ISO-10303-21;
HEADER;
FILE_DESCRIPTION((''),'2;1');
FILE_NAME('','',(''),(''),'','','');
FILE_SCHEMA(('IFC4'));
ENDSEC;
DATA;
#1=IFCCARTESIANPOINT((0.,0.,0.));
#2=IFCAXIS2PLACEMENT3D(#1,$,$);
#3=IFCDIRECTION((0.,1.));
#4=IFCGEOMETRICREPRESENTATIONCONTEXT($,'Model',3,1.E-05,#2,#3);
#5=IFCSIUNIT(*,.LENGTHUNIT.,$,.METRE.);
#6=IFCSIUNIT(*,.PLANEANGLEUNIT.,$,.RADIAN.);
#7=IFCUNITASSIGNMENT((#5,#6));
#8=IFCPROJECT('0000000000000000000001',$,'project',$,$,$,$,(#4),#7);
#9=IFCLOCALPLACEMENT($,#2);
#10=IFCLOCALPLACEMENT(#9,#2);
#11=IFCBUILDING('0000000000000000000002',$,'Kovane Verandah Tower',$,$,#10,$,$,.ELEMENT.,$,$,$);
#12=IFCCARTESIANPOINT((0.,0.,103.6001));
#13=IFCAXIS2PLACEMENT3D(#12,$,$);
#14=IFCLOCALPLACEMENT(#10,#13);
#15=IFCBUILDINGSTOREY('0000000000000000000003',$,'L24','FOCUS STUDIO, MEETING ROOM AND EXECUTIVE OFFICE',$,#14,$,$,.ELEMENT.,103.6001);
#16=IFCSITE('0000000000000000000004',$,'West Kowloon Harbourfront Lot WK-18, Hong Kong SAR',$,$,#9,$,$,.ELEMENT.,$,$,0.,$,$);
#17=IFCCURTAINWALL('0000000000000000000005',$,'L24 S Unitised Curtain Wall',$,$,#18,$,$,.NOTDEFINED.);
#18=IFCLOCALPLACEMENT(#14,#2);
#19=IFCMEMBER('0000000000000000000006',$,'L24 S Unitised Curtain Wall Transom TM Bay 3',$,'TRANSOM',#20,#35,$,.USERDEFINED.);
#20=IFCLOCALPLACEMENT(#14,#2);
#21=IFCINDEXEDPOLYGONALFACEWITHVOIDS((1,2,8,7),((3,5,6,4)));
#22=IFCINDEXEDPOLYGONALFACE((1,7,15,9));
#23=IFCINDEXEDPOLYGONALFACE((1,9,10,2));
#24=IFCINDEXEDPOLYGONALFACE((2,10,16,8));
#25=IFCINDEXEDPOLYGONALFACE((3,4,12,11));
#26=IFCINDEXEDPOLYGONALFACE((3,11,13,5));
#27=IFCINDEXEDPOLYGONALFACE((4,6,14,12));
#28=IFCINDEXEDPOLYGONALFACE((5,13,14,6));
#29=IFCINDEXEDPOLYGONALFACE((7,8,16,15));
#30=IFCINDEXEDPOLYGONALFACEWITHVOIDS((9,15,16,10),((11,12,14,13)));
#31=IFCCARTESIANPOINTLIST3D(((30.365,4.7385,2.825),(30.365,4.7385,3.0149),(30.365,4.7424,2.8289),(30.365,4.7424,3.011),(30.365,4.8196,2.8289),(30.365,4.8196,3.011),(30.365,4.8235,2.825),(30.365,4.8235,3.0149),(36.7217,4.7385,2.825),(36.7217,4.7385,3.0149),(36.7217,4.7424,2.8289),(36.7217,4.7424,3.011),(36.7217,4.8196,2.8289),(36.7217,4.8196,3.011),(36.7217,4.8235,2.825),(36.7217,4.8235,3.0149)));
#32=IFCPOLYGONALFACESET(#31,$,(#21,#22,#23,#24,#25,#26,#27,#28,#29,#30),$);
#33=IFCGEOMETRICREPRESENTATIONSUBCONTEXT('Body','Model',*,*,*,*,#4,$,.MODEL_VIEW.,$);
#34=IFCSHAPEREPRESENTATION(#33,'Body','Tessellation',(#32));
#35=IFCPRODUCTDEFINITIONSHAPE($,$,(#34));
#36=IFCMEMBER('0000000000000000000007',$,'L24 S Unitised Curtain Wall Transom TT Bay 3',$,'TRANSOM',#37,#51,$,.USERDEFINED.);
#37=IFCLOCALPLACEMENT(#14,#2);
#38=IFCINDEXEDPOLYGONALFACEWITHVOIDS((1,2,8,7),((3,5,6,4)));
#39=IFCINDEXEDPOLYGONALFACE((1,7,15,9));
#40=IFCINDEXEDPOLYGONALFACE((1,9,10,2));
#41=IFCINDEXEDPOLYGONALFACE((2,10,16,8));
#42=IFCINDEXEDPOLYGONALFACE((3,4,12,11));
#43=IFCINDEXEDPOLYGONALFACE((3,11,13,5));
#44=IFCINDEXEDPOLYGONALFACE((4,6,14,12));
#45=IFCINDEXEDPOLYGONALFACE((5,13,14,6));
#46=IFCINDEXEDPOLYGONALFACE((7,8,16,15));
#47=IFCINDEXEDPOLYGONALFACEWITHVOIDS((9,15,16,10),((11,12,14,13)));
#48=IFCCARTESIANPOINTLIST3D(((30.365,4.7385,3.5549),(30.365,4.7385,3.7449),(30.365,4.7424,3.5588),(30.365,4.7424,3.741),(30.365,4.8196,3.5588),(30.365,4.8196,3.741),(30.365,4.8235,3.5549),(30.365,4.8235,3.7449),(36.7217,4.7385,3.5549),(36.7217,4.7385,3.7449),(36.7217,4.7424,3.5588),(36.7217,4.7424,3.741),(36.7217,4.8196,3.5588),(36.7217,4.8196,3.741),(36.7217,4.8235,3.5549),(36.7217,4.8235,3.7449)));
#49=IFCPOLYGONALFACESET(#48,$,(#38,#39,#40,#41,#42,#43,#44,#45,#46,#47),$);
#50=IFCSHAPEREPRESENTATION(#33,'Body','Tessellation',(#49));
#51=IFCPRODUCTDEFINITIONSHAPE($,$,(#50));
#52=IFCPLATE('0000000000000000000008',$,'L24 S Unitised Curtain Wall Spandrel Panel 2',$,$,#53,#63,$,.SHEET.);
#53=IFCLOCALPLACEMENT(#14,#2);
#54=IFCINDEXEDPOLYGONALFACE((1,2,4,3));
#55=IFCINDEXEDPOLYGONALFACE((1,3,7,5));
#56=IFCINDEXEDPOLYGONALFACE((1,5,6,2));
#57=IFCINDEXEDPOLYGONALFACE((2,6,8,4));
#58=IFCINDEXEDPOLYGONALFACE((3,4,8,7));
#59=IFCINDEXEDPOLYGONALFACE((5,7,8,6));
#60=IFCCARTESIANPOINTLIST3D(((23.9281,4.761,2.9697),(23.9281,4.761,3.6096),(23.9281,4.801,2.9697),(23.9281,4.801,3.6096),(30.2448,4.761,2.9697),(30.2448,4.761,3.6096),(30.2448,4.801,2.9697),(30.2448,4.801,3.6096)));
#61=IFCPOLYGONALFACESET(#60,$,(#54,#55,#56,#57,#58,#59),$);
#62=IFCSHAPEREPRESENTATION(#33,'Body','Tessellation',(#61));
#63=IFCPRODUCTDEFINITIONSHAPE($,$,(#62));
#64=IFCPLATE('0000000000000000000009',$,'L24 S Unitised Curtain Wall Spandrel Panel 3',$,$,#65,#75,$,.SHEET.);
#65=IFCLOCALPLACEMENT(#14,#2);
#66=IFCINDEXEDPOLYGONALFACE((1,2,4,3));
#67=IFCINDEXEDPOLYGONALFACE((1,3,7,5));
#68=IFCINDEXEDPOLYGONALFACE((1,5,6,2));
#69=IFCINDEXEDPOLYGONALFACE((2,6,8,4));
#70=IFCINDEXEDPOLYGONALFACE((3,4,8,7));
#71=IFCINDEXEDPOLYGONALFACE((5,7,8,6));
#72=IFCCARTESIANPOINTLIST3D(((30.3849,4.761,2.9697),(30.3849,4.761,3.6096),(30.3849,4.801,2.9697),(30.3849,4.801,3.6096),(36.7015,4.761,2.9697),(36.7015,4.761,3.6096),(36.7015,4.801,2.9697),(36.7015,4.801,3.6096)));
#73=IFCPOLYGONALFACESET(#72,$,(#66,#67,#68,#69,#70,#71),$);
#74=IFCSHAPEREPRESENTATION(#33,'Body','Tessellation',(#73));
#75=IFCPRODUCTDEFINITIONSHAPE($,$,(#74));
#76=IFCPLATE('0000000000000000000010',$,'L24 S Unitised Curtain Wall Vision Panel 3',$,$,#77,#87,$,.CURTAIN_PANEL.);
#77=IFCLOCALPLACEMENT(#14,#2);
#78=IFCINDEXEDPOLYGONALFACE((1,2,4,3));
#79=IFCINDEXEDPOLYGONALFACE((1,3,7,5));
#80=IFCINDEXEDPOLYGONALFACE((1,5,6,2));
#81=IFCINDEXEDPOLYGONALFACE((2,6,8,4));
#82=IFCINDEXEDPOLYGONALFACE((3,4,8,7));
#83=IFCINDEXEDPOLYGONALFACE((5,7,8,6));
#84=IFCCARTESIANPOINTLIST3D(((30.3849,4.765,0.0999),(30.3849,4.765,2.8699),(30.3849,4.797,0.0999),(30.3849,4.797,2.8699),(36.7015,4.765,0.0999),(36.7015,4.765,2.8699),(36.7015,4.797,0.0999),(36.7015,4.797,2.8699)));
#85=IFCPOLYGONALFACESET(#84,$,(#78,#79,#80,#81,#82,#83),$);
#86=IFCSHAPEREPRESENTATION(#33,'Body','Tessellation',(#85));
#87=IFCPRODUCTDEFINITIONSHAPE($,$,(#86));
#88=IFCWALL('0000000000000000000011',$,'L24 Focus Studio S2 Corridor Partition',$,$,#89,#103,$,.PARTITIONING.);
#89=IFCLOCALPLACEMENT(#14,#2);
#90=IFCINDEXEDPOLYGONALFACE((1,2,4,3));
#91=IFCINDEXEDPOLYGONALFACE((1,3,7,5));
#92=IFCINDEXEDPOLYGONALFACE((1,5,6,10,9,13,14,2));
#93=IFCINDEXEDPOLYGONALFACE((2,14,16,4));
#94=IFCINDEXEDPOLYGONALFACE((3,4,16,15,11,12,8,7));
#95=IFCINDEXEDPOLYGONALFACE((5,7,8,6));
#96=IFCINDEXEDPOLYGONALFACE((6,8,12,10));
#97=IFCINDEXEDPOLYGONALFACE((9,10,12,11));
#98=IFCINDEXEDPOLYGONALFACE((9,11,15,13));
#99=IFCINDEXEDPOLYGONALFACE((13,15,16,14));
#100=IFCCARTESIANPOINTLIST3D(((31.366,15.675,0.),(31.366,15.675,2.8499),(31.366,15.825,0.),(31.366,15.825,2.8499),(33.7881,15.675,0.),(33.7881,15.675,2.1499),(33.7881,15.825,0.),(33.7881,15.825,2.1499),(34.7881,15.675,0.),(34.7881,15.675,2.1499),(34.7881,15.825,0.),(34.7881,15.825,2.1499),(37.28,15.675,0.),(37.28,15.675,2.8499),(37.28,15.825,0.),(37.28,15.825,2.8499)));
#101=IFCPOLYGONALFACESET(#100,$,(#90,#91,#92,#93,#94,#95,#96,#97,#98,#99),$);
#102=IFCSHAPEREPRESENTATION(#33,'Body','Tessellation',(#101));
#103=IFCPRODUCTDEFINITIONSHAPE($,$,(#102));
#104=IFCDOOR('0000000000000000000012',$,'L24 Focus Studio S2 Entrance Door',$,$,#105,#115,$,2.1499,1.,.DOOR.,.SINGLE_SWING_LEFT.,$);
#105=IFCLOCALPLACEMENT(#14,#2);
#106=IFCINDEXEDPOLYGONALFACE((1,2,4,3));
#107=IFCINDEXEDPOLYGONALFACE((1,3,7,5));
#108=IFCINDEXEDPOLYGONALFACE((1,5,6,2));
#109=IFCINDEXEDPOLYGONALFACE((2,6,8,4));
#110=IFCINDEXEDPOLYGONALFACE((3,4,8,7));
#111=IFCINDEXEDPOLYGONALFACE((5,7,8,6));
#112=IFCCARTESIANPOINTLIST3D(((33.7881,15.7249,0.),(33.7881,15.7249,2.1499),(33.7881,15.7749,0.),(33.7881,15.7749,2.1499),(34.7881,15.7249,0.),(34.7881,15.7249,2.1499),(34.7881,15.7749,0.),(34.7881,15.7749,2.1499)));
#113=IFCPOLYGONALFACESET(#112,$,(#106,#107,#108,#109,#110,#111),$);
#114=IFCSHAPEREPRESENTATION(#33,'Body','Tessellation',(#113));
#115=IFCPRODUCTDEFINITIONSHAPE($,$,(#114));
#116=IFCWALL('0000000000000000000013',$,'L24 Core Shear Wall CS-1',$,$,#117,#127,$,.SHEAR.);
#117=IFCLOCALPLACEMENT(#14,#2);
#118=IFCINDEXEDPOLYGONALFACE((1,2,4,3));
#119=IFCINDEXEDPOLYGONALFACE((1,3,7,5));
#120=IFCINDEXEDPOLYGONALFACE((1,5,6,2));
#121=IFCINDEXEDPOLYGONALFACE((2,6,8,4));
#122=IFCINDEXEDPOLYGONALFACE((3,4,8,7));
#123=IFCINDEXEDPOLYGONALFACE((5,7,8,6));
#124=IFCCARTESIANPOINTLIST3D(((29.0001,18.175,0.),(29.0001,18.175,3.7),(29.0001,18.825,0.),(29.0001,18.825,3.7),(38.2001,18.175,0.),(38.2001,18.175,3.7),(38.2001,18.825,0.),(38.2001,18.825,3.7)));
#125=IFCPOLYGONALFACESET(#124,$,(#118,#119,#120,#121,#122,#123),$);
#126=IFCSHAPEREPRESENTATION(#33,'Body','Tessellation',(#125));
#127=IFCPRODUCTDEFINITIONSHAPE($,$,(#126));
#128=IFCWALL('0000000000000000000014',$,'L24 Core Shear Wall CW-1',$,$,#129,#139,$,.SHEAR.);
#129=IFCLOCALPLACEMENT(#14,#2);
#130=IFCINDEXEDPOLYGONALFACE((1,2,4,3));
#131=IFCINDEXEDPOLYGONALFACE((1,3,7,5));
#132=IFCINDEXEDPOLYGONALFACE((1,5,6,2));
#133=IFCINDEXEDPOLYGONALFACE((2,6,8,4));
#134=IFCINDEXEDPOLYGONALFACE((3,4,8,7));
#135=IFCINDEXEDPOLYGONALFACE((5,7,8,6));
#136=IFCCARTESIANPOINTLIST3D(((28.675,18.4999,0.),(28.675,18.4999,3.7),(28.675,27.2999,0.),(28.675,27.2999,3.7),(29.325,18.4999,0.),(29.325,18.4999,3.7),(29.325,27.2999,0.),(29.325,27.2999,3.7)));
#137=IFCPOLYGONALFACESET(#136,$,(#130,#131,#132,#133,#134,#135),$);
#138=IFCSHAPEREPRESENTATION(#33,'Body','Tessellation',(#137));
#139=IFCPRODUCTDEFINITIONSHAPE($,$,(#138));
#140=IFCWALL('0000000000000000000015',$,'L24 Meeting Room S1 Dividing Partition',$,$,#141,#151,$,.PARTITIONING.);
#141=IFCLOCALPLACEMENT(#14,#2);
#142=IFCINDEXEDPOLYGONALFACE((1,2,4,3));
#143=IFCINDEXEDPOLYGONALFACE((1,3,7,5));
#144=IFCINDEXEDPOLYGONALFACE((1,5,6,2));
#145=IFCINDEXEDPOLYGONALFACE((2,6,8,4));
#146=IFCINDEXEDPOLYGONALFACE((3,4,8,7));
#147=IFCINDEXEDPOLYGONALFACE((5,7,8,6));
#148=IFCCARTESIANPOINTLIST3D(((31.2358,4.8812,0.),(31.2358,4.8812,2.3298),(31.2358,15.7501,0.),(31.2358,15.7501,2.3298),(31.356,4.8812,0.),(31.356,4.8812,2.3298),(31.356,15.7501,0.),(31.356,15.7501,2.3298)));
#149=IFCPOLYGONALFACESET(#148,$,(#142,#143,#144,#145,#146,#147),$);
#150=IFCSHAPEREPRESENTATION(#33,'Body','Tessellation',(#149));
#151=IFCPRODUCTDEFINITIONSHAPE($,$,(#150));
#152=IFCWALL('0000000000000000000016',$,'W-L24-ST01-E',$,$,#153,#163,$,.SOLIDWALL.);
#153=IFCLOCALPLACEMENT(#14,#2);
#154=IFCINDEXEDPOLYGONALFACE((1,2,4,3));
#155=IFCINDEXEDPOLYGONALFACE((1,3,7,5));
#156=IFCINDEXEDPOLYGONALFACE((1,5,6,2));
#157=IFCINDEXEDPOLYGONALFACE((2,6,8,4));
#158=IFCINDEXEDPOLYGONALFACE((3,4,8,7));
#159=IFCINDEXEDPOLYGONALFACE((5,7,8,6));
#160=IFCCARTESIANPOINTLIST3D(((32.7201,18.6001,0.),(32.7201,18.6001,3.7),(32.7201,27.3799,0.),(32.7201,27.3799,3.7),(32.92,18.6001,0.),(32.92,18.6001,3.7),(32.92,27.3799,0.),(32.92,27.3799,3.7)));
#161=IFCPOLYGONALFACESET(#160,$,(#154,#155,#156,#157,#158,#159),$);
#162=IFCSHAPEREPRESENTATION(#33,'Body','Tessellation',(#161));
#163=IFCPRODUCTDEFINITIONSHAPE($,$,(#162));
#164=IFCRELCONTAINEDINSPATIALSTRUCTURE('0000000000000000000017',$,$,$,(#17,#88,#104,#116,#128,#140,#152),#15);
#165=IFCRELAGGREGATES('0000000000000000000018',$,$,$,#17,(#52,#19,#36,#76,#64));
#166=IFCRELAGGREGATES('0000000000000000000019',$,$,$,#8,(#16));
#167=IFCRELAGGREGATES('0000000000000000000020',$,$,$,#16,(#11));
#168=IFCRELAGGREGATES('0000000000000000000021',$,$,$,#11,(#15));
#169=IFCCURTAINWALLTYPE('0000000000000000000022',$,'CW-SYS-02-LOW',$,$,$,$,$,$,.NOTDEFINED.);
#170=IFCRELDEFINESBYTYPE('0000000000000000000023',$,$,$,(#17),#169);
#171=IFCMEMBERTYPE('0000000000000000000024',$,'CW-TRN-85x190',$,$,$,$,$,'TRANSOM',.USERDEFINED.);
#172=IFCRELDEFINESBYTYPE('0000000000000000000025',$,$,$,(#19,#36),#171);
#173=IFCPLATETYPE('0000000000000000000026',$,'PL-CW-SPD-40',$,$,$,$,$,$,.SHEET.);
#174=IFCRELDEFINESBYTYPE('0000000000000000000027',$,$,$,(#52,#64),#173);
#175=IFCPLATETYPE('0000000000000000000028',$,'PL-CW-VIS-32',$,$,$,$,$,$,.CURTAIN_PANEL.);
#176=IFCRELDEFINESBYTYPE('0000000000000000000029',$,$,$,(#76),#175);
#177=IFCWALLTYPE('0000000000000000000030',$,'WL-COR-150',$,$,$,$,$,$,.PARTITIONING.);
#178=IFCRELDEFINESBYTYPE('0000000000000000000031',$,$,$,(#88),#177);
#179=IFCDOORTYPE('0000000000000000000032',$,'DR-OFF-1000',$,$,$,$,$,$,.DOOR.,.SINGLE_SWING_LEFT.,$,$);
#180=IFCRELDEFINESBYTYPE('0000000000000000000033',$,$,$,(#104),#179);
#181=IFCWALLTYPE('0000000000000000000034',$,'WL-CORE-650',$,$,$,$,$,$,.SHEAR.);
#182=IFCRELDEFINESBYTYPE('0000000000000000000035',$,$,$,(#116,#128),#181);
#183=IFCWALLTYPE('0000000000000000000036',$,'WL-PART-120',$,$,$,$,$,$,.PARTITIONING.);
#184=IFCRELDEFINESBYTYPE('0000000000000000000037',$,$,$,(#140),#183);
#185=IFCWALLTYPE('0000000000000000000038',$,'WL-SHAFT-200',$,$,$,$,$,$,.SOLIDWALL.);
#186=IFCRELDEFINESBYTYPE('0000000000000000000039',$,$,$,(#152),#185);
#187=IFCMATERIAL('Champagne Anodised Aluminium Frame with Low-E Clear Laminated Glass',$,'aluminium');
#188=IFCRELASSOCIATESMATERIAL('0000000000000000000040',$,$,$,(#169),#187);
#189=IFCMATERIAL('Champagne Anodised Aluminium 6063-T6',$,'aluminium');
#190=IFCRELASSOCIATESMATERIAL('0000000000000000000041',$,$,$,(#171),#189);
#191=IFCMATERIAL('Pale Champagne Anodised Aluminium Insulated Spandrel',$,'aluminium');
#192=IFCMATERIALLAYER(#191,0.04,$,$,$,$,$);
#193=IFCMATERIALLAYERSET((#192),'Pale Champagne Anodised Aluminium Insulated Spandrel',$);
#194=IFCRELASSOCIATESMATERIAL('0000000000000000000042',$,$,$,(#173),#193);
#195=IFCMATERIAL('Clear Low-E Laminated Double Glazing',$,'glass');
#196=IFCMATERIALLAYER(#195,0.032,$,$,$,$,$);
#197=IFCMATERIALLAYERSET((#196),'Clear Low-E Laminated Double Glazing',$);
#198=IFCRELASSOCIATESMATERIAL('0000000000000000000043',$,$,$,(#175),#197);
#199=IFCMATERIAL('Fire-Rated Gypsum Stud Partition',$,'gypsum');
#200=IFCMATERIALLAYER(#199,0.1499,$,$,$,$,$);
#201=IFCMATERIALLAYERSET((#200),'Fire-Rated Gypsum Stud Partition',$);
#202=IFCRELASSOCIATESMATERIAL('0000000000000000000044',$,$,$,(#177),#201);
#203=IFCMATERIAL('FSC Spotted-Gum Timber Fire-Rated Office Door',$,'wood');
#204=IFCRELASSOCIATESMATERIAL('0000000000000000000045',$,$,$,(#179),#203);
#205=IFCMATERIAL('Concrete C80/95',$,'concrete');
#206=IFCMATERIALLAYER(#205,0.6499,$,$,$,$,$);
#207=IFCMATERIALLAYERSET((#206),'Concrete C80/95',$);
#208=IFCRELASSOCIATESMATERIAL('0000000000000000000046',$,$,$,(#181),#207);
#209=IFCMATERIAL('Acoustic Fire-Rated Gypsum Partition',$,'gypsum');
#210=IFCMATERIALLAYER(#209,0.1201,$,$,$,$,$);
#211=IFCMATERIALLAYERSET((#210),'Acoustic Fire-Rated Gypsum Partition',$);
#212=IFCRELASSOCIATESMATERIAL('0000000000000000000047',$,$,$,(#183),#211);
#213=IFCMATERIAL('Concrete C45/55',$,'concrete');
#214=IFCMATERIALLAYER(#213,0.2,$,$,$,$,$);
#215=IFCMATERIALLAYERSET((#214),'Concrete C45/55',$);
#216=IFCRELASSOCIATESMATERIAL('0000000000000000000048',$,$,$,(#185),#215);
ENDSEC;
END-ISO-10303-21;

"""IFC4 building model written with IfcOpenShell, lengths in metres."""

from ifc_helpers import new_model, si_unit, direction, frame, frame_2d, origin, origin_2d, place, context, subcontext, project, spatial, rectangle, hollow_rectangle, extrude, material, layer, layer_set, material_profile, profile_set, type_object, element, fill, aggregate, save


model = new_model("IFC4")

# Units and contexts
model_context = context("Model", 3, precision=1e-05, world=origin(), true_north=direction((0.0, 1.0)))
body_context = subcontext(model_context, "Body", "Model", "MODEL_VIEW")
ifc_project = project(units=[si_unit("LENGTHUNIT", "METRE"), si_unit("PLANEANGLEUNIT", "RADIAN")], contexts=[model_context])

# Site, building, storey
site_placement = place(None, origin())
site = spatial("IfcSite", under=ifc_project, at=site_placement, Name="West Kowloon Harbourfront Lot WK-18, Hong Kong SAR", CompositionType="ELEMENT", RefElevation=0.0)
building_placement = place(site_placement, origin())
building = spatial("IfcBuilding", under=site, at=building_placement, Name="Kovane Verandah Tower", CompositionType="ELEMENT")
storey_placement = place(building_placement, frame((0.0, 0.0, 103.6001)))
storey = spatial("IfcBuildingStorey", under=building, at=storey_placement, Name="L24", Description="FOCUS STUDIO, MEETING ROOM AND EXECUTIVE OFFICE", CompositionType="ELEMENT", Elevation=103.6001)

# Shared definitions
ifc_material_1 = material(Name="Concrete C80/95", Category="concrete")

# Curtain wall, members, plates
ifc_material_2 = material(Name="Champagne Anodised Aluminium Frame with Low-E Clear Laminated Glass", Category="aluminium")
curtain_wall_type = type_object("IfcCurtainWallType", Name="CW-SYS-02-LOW", PredefinedType="NOTDEFINED", material=ifc_material_2)
curtain_wall_placement = place(storey_placement, origin())
curtain_wall = element("IfcCurtainWall", 1, at=curtain_wall_placement, inside=storey, type_object=curtain_wall_type, Name="L24 S Unitised Curtain Wall", PredefinedType="NOTDEFINED")
ifc_material_3 = material(Name="Champagne Anodised Aluminium 6063-T6", Category="aluminium")
ifc_material_profile_1 = material_profile(ifc_material_3, hollow_rectangle(XDim=0.085, YDim=0.1899, WallThickness=0.0039, at=origin_2d()), Name="AL85x190x4")
ifc_profile_set_1 = profile_set([ifc_material_profile_1], Name="Champagne Anodised Aluminium 6063-T6")
member_type_1 = type_object("IfcMemberType", Name="CW-TRN-85x190", ElementType="TRANSOM", PredefinedType="USERDEFINED", material=ifc_profile_set_1)
member_1_placement = place(storey_placement, frame((30.365, 4.781, 2.9199), z_axis=(1.0, 0.0, 0.0), x_axis=(0.0, 1.0, 0.0)))
member_1 = element("IfcMember", 2, at=member_1_placement, type_object=member_type_1, Name="L24 S Unitised Curtain Wall Transom TM Bay 3", ObjectType="TRANSOM", PredefinedType="USERDEFINED", context=body_context, shape_type="SweptSolid", body=[
    extrude(hollow_rectangle(XDim=0.085, YDim=0.1899, WallThickness=0.0039, at=origin_2d()), origin(), (0.0, 0.0, 1.0), 6.3567),
])
member_2_placement = place(storey_placement, frame((30.365, 4.781, 3.6499), z_axis=(1.0, 0.0, 0.0), x_axis=(0.0, 1.0, 0.0)))
member_2 = element("IfcMember", 3, at=member_2_placement, type_object=member_type_1, Name="L24 S Unitised Curtain Wall Transom TT Bay 3", ObjectType="TRANSOM", PredefinedType="USERDEFINED", context=body_context, shape_type="SweptSolid", body=[
    extrude(hollow_rectangle(XDim=0.085, YDim=0.1899, WallThickness=0.0039, at=origin_2d()), origin(), (0.0, 0.0, 1.0), 6.3567),
])
ifc_material_4 = material(Name="Pale Champagne Anodised Aluminium Insulated Spandrel", Category="aluminium")
ifc_layer_1 = layer(ifc_material_4, 0.04)
ifc_layer_set_1 = layer_set([ifc_layer_1], Name="Pale Champagne Anodised Aluminium Insulated Spandrel")
plate_type_1 = type_object("IfcPlateType", Name="PL-CW-SPD-40", PredefinedType="SHEET", material=ifc_layer_set_1)
plate_1_placement = place(storey_placement, frame((27.0864, 4.781, 2.9697), z_axis=(0.0, 0.0, 1.0), x_axis=(1.0, 0.0, 0.0)))
plate_1 = element("IfcPlate", 4, at=plate_1_placement, type_object=plate_type_1, Name="L24 S Unitised Curtain Wall Spandrel Panel 2", PredefinedType="SHEET", context=body_context, shape_type="SweptSolid", body=[
    extrude(rectangle(XDim=6.3167, YDim=0.04, at=origin_2d()), origin(), (0.0, 0.0, 1.0), 0.6399),
])
plate_2_placement = place(storey_placement, frame((33.5432, 4.781, 2.9697), z_axis=(0.0, 0.0, 1.0), x_axis=(1.0, 0.0, 0.0)))
plate_2 = element("IfcPlate", 5, at=plate_2_placement, type_object=plate_type_1, Name="L24 S Unitised Curtain Wall Spandrel Panel 3", PredefinedType="SHEET", context=body_context, shape_type="SweptSolid", body=[
    extrude(rectangle(XDim=6.3167, YDim=0.04, at=origin_2d()), origin(), (0.0, 0.0, 1.0), 0.6399),
])
ifc_material_5 = material(Name="Clear Low-E Laminated Double Glazing", Category="glass")
ifc_layer_2 = layer(ifc_material_5, 0.032)
ifc_layer_set_2 = layer_set([ifc_layer_2], Name="Clear Low-E Laminated Double Glazing")
plate_type_2 = type_object("IfcPlateType", Name="PL-CW-VIS-32", PredefinedType="CURTAIN_PANEL", material=ifc_layer_set_2)
plate_3_placement = place(storey_placement, frame((33.5432, 4.781, 0.0999), z_axis=(0.0, 0.0, 1.0), x_axis=(1.0, 0.0, 0.0)))
plate_3 = element("IfcPlate", 6, at=plate_3_placement, type_object=plate_type_2, Name="L24 S Unitised Curtain Wall Vision Panel 3", PredefinedType="CURTAIN_PANEL", context=body_context, shape_type="SweptSolid", body=[
    extrude(rectangle(XDim=6.3167, YDim=0.032, at=origin_2d()), origin(), (0.0, 0.0, 1.0), 2.77),
])
aggregate(curtain_wall, [plate_1, member_1, member_2, plate_3, plate_2])

# Wall, opening, door
ifc_material_6 = material(Name="Fire-Rated Gypsum Stud Partition", Category="gypsum")
ifc_layer_3 = layer(ifc_material_6, 0.1499)
ifc_layer_set_3 = layer_set([ifc_layer_3], Name="Fire-Rated Gypsum Stud Partition")
wall_type_1 = type_object("IfcWallType", Name="WL-COR-150", PredefinedType="PARTITIONING", material=ifc_layer_set_3)
wall_1_placement = place(storey_placement, frame((31.366, 15.75, 0.0), z_axis=(0.0, 0.0, 1.0), x_axis=(1.0, 0.0, 0.0)))
wall_1 = element("IfcWall", 7, at=wall_1_placement, inside=storey, type_object=wall_type_1, Name="L24 Focus Studio S2 Corridor Partition", PredefinedType="PARTITIONING", context=body_context, shape_type="SweptSolid", body=[
    extrude(rectangle(XDim=5.9141, YDim=0.1499, at=frame_2d((2.957, 0.0))), origin(), (0.0, 0.0, 1.0), 2.8499),
])
opening_placement = place(wall_1_placement, frame((2.4221, 0.0, 0.0)))
opening = element("IfcOpeningElement", 8, at=opening_placement, cuts=wall_1, PredefinedType="OPENING", context=body_context, shape_type="SweptSolid", body=[
    extrude(rectangle(XDim=1.0, YDim=2.1499, at=frame_2d((0.5, 1.075))), frame((0.0, 0.075, 0.0), z_axis=(0.0, -1.0, 0.0), x_axis=(1.0, 0.0, 0.0)), (0.0, 0.0, 1.0), 0.1499),
])
ifc_material_7 = material(Name="FSC Spotted-Gum Timber Fire-Rated Office Door", Category="wood")
door_type = type_object("IfcDoorType", Name="DR-OFF-1000", OperationType="SINGLE_SWING_LEFT", PredefinedType="DOOR", material=ifc_material_7)
door_placement = place(opening_placement, origin())
door = element("IfcDoor", 9, at=door_placement, inside=storey, type_object=door_type, Name="L24 Focus Studio S2 Entrance Door", OperationType="SINGLE_SWING_LEFT", OverallHeight=2.1499, OverallWidth=1.0, PredefinedType="DOOR", context=body_context, shape_type="SweptSolid", body=[
    extrude(rectangle(XDim=1.0, YDim=2.1499, at=frame_2d((0.5, 1.075))), frame((0.0, 0.0249, 0.0), z_axis=(0.0, -1.0, 0.0), x_axis=(1.0, 0.0, 0.0)), (0.0, 0.0, 1.0), 0.05),
])
fill(opening, door)

# Walls
ifc_layer_4 = layer(ifc_material_1, 0.6499)
ifc_layer_set_4 = layer_set([ifc_layer_4], Name="Concrete C80/95")
wall_type_2 = type_object("IfcWallType", Name="WL-CORE-650", PredefinedType="SHEAR", material=ifc_layer_set_4)
wall_2_placement = place(storey_placement, frame((29.0, 18.5, 0.0), z_axis=(0.0, 0.0, 1.0), x_axis=(1.0, 0.0, 0.0)))
element("IfcWall", 10, at=wall_2_placement, inside=storey, type_object=wall_type_2, Name="L24 Core Shear Wall CS-1", PredefinedType="SHEAR", context=body_context, shape_type="SweptSolid", body=[
    extrude(rectangle(XDim=9.2, YDim=0.6499, at=frame_2d((4.6001, 0.0))), origin(), (0.0, 0.0, 1.0), 3.7),
])
wall_3_placement = place(storey_placement, frame((29.0, 18.5, 0.0), z_axis=(0.0, 0.0, 1.0), x_axis=(0.0, 1.0, 0.0)))
element("IfcWall", 11, at=wall_3_placement, inside=storey, type_object=wall_type_2, Name="L24 Core Shear Wall CW-1", PredefinedType="SHEAR", context=body_context, shape_type="SweptSolid", body=[
    extrude(rectangle(XDim=8.8, YDim=0.6499, at=frame_2d((4.3999, 0.0))), origin(), (0.0, 0.0, 1.0), 3.7),
])
ifc_material_8 = material(Name="Acoustic Fire-Rated Gypsum Partition", Category="gypsum")
ifc_layer_5 = layer(ifc_material_8, 0.1201)
ifc_layer_set_5 = layer_set([ifc_layer_5], Name="Acoustic Fire-Rated Gypsum Partition")
wall_type_3 = type_object("IfcWallType", Name="WL-PART-120", PredefinedType="PARTITIONING", material=ifc_layer_set_5)
wall_4_placement = place(storey_placement, frame((31.2959, 4.8811, 0.0), z_axis=(0.0, 0.0, 1.0), x_axis=(0.0, 1.0, 0.0)))
element("IfcWall", 12, at=wall_4_placement, inside=storey, type_object=wall_type_3, Name="L24 Meeting Room S1 Dividing Partition", PredefinedType="PARTITIONING", context=body_context, shape_type="SweptSolid", body=[
    extrude(rectangle(XDim=10.8689, YDim=0.1201, at=frame_2d((5.4346, 0.0))), origin(), (0.0, 0.0, 1.0), 2.3298),
])
ifc_material_9 = material(Name="Concrete C45/55", Category="concrete")
ifc_layer_6 = layer(ifc_material_9, 0.2)
ifc_layer_set_6 = layer_set([ifc_layer_6], Name="Concrete C45/55")
wall_type_4 = type_object("IfcWallType", Name="WL-SHAFT-200", PredefinedType="SOLIDWALL", material=ifc_layer_set_6)
wall_5_placement = place(storey_placement, frame((32.8201, 18.6001, 0.0), z_axis=(0.0, 0.0, 1.0), x_axis=(0.0, 1.0, 0.0)))
element("IfcWall", 13, at=wall_5_placement, inside=storey, type_object=wall_type_4, Name="W-L24-ST01-E", PredefinedType="SOLIDWALL", context=body_context, shape_type="SweptSolid", body=[
    extrude(rectangle(XDim=8.7798, YDim=0.2, at=frame_2d((4.3899, 0.0))), origin(), (0.0, 0.0, 1.0), 3.7),
])

save(model, "model.ifc")
